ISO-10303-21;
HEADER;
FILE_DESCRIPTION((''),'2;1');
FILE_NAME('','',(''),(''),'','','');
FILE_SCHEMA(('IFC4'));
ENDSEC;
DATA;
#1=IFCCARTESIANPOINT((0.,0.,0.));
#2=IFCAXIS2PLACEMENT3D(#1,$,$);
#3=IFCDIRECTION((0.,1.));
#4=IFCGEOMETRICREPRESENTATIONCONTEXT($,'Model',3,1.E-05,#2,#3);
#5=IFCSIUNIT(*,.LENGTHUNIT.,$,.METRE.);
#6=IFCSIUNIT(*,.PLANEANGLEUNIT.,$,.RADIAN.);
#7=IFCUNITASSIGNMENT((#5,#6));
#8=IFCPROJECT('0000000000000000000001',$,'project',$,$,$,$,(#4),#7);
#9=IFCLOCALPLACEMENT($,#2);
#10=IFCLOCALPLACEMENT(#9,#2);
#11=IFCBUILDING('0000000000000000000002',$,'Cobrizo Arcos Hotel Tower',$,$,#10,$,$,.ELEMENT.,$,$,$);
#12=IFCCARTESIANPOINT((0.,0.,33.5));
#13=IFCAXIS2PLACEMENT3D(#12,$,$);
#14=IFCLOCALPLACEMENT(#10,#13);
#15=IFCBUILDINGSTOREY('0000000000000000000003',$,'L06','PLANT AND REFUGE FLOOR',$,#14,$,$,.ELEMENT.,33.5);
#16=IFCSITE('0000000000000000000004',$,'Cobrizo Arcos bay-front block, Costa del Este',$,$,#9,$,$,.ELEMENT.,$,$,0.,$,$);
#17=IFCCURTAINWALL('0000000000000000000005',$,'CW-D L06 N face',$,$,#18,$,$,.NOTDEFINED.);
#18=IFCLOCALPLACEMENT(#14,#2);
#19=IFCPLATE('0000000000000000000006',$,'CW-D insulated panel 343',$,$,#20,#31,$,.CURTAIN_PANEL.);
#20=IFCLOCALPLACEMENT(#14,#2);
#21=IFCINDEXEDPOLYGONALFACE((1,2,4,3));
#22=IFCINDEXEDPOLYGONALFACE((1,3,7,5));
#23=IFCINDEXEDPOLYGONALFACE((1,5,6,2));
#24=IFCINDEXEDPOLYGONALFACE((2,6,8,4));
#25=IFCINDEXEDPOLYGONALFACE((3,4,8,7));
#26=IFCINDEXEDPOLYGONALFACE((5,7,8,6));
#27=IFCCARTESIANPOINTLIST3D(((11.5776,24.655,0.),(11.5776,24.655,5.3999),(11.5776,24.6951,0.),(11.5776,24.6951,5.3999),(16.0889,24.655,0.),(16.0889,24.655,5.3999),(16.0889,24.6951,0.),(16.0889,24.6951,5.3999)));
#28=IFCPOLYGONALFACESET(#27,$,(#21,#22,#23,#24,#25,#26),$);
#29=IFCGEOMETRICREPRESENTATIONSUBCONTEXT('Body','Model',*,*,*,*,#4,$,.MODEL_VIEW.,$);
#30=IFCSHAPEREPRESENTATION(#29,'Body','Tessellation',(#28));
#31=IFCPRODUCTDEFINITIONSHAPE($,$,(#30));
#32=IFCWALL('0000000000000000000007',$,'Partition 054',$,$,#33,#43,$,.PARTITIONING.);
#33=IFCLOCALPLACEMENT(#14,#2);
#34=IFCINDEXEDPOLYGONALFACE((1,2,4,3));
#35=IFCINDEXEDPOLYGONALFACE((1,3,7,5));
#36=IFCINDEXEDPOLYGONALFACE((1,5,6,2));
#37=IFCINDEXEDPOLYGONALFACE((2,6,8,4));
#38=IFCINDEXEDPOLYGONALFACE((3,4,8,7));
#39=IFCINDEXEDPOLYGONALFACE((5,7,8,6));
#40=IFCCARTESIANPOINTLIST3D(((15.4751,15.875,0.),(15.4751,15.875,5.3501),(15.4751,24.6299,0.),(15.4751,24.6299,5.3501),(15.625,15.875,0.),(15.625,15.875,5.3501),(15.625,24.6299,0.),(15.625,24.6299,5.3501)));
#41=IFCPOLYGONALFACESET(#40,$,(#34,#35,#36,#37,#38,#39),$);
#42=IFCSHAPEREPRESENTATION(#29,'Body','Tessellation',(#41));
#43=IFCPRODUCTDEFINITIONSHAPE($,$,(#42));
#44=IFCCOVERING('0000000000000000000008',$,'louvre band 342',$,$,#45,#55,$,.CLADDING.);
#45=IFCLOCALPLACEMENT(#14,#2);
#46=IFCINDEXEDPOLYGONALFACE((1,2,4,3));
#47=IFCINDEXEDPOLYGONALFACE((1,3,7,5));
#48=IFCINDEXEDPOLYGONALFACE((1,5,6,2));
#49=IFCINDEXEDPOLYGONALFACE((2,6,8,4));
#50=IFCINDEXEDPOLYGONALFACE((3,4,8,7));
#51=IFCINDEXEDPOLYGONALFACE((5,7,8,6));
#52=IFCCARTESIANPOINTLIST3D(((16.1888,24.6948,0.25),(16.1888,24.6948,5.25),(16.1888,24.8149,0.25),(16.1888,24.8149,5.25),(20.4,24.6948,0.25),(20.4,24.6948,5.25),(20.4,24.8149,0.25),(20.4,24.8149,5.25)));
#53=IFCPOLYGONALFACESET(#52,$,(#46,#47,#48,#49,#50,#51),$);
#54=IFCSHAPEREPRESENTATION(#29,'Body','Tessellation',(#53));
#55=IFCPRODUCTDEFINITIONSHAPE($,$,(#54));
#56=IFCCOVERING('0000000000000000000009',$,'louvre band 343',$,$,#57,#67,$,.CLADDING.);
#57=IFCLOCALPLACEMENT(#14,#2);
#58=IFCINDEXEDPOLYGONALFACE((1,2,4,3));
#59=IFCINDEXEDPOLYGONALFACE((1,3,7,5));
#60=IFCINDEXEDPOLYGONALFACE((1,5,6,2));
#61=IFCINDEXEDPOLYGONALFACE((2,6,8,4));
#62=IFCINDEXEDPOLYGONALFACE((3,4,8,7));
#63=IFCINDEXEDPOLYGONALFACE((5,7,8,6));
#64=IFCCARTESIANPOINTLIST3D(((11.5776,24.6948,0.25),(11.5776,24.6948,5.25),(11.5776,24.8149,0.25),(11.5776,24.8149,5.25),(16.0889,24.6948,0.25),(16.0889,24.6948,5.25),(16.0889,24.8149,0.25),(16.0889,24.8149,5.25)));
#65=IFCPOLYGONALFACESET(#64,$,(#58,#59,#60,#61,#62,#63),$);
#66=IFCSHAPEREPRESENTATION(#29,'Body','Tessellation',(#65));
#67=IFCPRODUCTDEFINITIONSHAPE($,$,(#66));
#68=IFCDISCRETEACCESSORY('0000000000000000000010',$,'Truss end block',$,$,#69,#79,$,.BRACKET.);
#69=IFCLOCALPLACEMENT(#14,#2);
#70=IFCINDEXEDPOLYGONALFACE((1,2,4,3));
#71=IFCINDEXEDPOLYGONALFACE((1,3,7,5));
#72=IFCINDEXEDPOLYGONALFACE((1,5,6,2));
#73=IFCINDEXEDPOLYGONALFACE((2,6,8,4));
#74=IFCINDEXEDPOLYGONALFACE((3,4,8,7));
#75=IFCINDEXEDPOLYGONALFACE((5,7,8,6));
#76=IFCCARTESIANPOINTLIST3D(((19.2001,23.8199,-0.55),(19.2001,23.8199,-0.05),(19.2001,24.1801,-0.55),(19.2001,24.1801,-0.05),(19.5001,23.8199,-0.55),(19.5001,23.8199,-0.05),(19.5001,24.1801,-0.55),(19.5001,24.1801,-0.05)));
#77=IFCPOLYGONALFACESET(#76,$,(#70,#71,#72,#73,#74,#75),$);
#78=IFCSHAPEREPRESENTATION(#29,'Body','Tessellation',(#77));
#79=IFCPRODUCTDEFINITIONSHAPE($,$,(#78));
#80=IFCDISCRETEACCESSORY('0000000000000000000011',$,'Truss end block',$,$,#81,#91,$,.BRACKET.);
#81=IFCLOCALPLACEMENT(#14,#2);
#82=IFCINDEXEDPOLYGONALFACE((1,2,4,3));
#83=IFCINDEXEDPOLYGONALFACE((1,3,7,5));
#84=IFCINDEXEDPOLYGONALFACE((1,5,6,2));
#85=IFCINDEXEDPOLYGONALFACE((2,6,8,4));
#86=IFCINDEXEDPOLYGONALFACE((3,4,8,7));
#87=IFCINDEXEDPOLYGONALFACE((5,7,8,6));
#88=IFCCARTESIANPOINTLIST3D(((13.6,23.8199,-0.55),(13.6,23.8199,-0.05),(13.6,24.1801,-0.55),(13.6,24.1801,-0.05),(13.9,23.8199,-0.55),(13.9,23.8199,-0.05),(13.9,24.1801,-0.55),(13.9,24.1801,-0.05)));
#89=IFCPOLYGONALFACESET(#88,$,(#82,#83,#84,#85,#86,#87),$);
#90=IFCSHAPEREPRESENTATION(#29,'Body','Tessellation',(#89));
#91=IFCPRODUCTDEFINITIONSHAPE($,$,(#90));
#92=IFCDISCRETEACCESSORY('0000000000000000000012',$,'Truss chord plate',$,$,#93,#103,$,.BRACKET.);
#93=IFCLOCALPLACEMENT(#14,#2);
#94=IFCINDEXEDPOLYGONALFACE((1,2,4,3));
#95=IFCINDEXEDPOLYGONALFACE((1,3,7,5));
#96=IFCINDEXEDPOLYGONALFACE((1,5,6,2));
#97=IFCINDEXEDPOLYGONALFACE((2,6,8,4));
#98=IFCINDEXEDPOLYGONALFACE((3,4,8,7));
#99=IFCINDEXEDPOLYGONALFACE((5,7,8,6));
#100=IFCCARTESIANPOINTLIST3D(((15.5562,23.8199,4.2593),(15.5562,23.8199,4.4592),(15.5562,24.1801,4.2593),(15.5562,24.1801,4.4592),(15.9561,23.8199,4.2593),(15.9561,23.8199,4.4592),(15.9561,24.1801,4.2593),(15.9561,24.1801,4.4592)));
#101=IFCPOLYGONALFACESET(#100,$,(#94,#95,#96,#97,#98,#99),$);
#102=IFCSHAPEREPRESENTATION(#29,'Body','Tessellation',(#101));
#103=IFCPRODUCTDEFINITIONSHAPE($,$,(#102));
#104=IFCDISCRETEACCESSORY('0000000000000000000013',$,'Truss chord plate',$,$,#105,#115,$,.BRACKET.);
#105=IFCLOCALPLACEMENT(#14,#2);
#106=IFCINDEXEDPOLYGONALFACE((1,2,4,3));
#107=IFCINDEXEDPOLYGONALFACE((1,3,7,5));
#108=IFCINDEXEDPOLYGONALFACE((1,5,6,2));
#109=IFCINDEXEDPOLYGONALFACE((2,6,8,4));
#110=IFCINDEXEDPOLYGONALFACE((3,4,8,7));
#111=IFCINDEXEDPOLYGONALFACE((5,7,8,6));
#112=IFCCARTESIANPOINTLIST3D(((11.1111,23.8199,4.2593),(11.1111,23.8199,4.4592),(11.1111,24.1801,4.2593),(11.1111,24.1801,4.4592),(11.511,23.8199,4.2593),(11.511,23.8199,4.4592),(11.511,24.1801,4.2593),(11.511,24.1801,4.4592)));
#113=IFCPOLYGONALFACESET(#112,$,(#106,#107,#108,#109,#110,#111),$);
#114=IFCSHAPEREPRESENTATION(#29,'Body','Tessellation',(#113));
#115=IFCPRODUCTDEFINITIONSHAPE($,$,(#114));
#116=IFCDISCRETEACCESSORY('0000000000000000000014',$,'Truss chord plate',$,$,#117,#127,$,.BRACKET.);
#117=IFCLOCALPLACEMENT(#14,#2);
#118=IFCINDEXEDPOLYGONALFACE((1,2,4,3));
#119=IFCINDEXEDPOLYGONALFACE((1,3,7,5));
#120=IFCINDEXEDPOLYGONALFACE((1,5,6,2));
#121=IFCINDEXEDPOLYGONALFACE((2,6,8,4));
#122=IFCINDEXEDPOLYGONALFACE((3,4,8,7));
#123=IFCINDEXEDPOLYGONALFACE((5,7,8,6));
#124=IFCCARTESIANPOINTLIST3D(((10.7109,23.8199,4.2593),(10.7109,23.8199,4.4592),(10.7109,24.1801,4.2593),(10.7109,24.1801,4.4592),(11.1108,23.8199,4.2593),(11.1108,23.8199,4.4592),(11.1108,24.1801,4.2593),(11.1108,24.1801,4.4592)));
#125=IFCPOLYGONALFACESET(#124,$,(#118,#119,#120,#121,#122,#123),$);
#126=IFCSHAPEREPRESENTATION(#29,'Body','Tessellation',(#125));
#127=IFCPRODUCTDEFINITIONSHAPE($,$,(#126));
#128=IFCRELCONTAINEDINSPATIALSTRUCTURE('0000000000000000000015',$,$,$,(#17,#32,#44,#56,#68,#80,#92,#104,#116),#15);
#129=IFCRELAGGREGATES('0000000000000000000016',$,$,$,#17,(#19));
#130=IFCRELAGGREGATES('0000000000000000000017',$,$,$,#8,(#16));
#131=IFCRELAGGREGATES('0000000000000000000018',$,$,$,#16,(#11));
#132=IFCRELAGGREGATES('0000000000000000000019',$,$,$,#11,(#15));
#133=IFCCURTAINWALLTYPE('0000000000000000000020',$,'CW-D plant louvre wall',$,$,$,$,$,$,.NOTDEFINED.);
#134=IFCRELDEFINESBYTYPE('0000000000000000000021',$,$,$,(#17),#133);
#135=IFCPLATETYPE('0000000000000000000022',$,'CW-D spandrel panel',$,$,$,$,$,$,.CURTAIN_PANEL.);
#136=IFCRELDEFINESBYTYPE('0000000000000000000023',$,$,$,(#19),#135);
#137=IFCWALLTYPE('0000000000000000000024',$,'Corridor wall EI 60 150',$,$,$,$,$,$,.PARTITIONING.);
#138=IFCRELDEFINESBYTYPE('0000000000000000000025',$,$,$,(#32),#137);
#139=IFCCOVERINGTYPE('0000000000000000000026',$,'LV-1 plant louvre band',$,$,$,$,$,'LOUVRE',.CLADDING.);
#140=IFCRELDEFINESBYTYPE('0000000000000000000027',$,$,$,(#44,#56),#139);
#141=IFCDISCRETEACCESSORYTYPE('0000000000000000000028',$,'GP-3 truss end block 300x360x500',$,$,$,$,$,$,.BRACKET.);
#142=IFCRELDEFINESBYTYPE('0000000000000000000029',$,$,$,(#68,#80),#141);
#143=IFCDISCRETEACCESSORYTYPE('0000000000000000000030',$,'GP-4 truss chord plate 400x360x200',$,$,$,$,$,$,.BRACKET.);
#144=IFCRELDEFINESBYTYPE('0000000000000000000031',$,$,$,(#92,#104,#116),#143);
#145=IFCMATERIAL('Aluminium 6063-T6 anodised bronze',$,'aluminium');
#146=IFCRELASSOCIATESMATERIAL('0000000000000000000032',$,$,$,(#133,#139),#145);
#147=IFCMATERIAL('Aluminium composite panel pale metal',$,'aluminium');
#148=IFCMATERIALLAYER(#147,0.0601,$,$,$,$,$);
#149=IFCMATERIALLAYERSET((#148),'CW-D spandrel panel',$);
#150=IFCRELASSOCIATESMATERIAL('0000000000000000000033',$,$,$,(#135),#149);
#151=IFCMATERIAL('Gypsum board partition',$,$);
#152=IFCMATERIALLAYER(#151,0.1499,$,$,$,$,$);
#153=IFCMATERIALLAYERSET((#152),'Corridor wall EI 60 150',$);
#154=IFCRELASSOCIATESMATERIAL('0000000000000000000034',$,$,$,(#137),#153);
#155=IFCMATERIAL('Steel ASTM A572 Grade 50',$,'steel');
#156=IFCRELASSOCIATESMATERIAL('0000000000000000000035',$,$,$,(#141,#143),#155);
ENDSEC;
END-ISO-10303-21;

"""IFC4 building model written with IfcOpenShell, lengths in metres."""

from ifc_helpers import new_model, si_unit, direction, frame, frame_2d, origin, origin_2d, place, context, subcontext, project, spatial, rectangle, extrude, material, layer, layer_set, type_object, element, aggregate, save


model = new_model("IFC4")

# Units and contexts
model_context = context("Model", 3, precision=1e-05, world=origin(), true_north=direction((0.0, 1.0)))
body_context = subcontext(model_context, "Body", "Model", "MODEL_VIEW")
ifc_project = project(units=[si_unit("LENGTHUNIT", "METRE"), si_unit("PLANEANGLEUNIT", "RADIAN")], contexts=[model_context])

# Site, building, storey
site_placement = place(None, origin())
site = spatial("IfcSite", under=ifc_project, at=site_placement, Name="Cobrizo Arcos bay-front block, Costa del Este", CompositionType="ELEMENT", RefElevation=0.0)
building_placement = place(site_placement, origin())
building = spatial("IfcBuilding", under=site, at=building_placement, Name="Cobrizo Arcos Hotel Tower", CompositionType="ELEMENT")
storey_placement = place(building_placement, frame((0.0, 0.0, 33.5)))
storey = spatial("IfcBuildingStorey", under=building, at=storey_placement, Name="L06", Description="PLANT AND REFUGE FLOOR", CompositionType="ELEMENT", Elevation=33.5)

# Shared definitions
ifc_material_1 = material(Name="Steel ASTM A572 Grade 50", Category="steel")

# Curtain wall
ifc_material_2 = material(Name="Aluminium 6063-T6 anodised bronze", Category="aluminium")
curtain_wall_type = type_object("IfcCurtainWallType", Name="CW-D plant louvre wall", PredefinedType="NOTDEFINED", material=ifc_material_2)
curtain_wall_placement = place(storey_placement, origin())
curtain_wall = element("IfcCurtainWall", 1, at=curtain_wall_placement, inside=storey, type_object=curtain_wall_type, Name="CW-D L06 N face", PredefinedType="NOTDEFINED")

# Plate
ifc_material_3 = material(Name="Aluminium composite panel pale metal", Category="aluminium")
ifc_layer_1 = layer(ifc_material_3, 0.0601)
ifc_layer_set_1 = layer_set([ifc_layer_1], Name="CW-D spandrel panel")
plate_type = type_object("IfcPlateType", Name="CW-D spandrel panel", PredefinedType="CURTAIN_PANEL", material=ifc_layer_set_1)
plate_1_placement = place(storey_placement, frame((13.8333, 24.675, 0.0), z_axis=(0.0, 0.0, 1.0), x_axis=(-1.0, 0.0, 0.0)))
plate_1 = element("IfcPlate", 2, at=plate_1_placement, type_object=plate_type, Name="CW-D insulated panel 343", PredefinedType="CURTAIN_PANEL", context=body_context, shape_type="SweptSolid", body=[
    extrude(rectangle(XDim=4.5112, YDim=0.04, at=origin_2d()), origin(), (0.0, 0.0, 1.0), 5.3999),
])
aggregate(curtain_wall, [plate_1])

# Wall
ifc_material_4 = material(Name="Gypsum board partition")
ifc_layer_2 = layer(ifc_material_4, 0.1499)
ifc_layer_set_2 = layer_set([ifc_layer_2], Name="Corridor wall EI 60 150")
wall_type = type_object("IfcWallType", Name="Corridor wall EI 60 150", PredefinedType="PARTITIONING", material=ifc_layer_set_2)
wall_placement = place(storey_placement, frame((15.55, 15.875, 0.0), z_axis=(0.0, 0.0, 1.0), x_axis=(0.0, 1.0, 0.0)))
element("IfcWall", 3, at=wall_placement, inside=storey, type_object=wall_type, Name="Partition 054", PredefinedType="PARTITIONING", context=body_context, shape_type="SweptSolid", body=[
    extrude(rectangle(XDim=8.7549, YDim=0.1499, at=frame_2d((4.3774, 0.0))), origin(), (0.0, 0.0, 1.0), 5.3501),
])

# Coverings
covering_type = type_object("IfcCoveringType", Name="LV-1 plant louvre band", ElementType="LOUVRE", PredefinedType="CLADDING", material=ifc_material_2)
covering_1_placement = place(storey_placement, frame((18.2944, 24.7549, 0.25), z_axis=(0.0, 0.0, 1.0), x_axis=(-1.0, 0.0, 0.0)))
element("IfcCovering", 4, at=covering_1_placement, inside=storey, type_object=covering_type, Name="louvre band 342", PredefinedType="CLADDING", context=body_context, shape_type="SweptSolid", body=[
    extrude(rectangle(XDim=4.2112, YDim=0.1201, at=origin_2d()), origin(), (0.0, 0.0, 1.0), 5.0),
])
covering_2_placement = place(storey_placement, frame((13.8333, 24.7549, 0.25), z_axis=(0.0, 0.0, 1.0), x_axis=(-1.0, 0.0, 0.0)))
element("IfcCovering", 5, at=covering_2_placement, inside=storey, type_object=covering_type, Name="louvre band 343", PredefinedType="CLADDING", context=body_context, shape_type="SweptSolid", body=[
    extrude(rectangle(XDim=4.5112, YDim=0.1201, at=origin_2d()), origin(), (0.0, 0.0, 1.0), 5.0),
])

# Discrete accessories
discrete_accessory_type_1 = type_object("IfcDiscreteAccessoryType", Name="GP-3 truss end block 300x360x500", PredefinedType="BRACKET", material=ifc_material_1)
for number, where, z_axis, x_axis, name in (
    (6, (19.3501, 24.0, -0.55), (0.0, 0.0, 1.0), (-1.0, 0.0, 0.0), "Truss end block"),
    (7, (13.75, 24.0, -0.55), (0.0, 0.0, 1.0), (-1.0, 0.0, 0.0), "Truss end block"),
):
    element("IfcDiscreteAccessory", number, at=place(storey_placement, frame(where, z_axis=z_axis, x_axis=x_axis)), inside=storey, type_object=discrete_accessory_type_1, Name=name, PredefinedType="BRACKET", context=body_context, shape_type="SweptSolid", body=[
        extrude(rectangle(XDim=0.3, YDim=0.3601, at=origin_2d()), origin(), (0.0, 0.0, 1.0), 0.5),
    ])
discrete_accessory_type_2 = type_object("IfcDiscreteAccessoryType", Name="GP-4 truss chord plate 400x360x200", PredefinedType="BRACKET", material=ifc_material_1)
for number, where, z_axis, x_axis, name in (
    (8, (15.7561, 24.0, 4.2593), (0.0, 0.0, 1.0), (-1.0, 0.0, 0.0), "Truss chord plate"),
    (9, (11.311, 24.0, 4.2593), (0.0, 0.0, 1.0), (-1.0, 0.0, 0.0), "Truss chord plate"),
    (10, (10.9109, 24.0, 4.2593), (0.0, 0.0, 1.0), (-1.0, 0.0, 0.0), "Truss chord plate"),
):
    element("IfcDiscreteAccessory", number, at=place(storey_placement, frame(where, z_axis=z_axis, x_axis=x_axis)), inside=storey, type_object=discrete_accessory_type_2, Name=name, PredefinedType="BRACKET", context=body_context, shape_type="SweptSolid", body=[
        extrude(rectangle(XDim=0.3999, YDim=0.3601, at=origin_2d()), origin(), (0.0, 0.0, 1.0), 0.2),
    ])

save(model, "model.ifc")
